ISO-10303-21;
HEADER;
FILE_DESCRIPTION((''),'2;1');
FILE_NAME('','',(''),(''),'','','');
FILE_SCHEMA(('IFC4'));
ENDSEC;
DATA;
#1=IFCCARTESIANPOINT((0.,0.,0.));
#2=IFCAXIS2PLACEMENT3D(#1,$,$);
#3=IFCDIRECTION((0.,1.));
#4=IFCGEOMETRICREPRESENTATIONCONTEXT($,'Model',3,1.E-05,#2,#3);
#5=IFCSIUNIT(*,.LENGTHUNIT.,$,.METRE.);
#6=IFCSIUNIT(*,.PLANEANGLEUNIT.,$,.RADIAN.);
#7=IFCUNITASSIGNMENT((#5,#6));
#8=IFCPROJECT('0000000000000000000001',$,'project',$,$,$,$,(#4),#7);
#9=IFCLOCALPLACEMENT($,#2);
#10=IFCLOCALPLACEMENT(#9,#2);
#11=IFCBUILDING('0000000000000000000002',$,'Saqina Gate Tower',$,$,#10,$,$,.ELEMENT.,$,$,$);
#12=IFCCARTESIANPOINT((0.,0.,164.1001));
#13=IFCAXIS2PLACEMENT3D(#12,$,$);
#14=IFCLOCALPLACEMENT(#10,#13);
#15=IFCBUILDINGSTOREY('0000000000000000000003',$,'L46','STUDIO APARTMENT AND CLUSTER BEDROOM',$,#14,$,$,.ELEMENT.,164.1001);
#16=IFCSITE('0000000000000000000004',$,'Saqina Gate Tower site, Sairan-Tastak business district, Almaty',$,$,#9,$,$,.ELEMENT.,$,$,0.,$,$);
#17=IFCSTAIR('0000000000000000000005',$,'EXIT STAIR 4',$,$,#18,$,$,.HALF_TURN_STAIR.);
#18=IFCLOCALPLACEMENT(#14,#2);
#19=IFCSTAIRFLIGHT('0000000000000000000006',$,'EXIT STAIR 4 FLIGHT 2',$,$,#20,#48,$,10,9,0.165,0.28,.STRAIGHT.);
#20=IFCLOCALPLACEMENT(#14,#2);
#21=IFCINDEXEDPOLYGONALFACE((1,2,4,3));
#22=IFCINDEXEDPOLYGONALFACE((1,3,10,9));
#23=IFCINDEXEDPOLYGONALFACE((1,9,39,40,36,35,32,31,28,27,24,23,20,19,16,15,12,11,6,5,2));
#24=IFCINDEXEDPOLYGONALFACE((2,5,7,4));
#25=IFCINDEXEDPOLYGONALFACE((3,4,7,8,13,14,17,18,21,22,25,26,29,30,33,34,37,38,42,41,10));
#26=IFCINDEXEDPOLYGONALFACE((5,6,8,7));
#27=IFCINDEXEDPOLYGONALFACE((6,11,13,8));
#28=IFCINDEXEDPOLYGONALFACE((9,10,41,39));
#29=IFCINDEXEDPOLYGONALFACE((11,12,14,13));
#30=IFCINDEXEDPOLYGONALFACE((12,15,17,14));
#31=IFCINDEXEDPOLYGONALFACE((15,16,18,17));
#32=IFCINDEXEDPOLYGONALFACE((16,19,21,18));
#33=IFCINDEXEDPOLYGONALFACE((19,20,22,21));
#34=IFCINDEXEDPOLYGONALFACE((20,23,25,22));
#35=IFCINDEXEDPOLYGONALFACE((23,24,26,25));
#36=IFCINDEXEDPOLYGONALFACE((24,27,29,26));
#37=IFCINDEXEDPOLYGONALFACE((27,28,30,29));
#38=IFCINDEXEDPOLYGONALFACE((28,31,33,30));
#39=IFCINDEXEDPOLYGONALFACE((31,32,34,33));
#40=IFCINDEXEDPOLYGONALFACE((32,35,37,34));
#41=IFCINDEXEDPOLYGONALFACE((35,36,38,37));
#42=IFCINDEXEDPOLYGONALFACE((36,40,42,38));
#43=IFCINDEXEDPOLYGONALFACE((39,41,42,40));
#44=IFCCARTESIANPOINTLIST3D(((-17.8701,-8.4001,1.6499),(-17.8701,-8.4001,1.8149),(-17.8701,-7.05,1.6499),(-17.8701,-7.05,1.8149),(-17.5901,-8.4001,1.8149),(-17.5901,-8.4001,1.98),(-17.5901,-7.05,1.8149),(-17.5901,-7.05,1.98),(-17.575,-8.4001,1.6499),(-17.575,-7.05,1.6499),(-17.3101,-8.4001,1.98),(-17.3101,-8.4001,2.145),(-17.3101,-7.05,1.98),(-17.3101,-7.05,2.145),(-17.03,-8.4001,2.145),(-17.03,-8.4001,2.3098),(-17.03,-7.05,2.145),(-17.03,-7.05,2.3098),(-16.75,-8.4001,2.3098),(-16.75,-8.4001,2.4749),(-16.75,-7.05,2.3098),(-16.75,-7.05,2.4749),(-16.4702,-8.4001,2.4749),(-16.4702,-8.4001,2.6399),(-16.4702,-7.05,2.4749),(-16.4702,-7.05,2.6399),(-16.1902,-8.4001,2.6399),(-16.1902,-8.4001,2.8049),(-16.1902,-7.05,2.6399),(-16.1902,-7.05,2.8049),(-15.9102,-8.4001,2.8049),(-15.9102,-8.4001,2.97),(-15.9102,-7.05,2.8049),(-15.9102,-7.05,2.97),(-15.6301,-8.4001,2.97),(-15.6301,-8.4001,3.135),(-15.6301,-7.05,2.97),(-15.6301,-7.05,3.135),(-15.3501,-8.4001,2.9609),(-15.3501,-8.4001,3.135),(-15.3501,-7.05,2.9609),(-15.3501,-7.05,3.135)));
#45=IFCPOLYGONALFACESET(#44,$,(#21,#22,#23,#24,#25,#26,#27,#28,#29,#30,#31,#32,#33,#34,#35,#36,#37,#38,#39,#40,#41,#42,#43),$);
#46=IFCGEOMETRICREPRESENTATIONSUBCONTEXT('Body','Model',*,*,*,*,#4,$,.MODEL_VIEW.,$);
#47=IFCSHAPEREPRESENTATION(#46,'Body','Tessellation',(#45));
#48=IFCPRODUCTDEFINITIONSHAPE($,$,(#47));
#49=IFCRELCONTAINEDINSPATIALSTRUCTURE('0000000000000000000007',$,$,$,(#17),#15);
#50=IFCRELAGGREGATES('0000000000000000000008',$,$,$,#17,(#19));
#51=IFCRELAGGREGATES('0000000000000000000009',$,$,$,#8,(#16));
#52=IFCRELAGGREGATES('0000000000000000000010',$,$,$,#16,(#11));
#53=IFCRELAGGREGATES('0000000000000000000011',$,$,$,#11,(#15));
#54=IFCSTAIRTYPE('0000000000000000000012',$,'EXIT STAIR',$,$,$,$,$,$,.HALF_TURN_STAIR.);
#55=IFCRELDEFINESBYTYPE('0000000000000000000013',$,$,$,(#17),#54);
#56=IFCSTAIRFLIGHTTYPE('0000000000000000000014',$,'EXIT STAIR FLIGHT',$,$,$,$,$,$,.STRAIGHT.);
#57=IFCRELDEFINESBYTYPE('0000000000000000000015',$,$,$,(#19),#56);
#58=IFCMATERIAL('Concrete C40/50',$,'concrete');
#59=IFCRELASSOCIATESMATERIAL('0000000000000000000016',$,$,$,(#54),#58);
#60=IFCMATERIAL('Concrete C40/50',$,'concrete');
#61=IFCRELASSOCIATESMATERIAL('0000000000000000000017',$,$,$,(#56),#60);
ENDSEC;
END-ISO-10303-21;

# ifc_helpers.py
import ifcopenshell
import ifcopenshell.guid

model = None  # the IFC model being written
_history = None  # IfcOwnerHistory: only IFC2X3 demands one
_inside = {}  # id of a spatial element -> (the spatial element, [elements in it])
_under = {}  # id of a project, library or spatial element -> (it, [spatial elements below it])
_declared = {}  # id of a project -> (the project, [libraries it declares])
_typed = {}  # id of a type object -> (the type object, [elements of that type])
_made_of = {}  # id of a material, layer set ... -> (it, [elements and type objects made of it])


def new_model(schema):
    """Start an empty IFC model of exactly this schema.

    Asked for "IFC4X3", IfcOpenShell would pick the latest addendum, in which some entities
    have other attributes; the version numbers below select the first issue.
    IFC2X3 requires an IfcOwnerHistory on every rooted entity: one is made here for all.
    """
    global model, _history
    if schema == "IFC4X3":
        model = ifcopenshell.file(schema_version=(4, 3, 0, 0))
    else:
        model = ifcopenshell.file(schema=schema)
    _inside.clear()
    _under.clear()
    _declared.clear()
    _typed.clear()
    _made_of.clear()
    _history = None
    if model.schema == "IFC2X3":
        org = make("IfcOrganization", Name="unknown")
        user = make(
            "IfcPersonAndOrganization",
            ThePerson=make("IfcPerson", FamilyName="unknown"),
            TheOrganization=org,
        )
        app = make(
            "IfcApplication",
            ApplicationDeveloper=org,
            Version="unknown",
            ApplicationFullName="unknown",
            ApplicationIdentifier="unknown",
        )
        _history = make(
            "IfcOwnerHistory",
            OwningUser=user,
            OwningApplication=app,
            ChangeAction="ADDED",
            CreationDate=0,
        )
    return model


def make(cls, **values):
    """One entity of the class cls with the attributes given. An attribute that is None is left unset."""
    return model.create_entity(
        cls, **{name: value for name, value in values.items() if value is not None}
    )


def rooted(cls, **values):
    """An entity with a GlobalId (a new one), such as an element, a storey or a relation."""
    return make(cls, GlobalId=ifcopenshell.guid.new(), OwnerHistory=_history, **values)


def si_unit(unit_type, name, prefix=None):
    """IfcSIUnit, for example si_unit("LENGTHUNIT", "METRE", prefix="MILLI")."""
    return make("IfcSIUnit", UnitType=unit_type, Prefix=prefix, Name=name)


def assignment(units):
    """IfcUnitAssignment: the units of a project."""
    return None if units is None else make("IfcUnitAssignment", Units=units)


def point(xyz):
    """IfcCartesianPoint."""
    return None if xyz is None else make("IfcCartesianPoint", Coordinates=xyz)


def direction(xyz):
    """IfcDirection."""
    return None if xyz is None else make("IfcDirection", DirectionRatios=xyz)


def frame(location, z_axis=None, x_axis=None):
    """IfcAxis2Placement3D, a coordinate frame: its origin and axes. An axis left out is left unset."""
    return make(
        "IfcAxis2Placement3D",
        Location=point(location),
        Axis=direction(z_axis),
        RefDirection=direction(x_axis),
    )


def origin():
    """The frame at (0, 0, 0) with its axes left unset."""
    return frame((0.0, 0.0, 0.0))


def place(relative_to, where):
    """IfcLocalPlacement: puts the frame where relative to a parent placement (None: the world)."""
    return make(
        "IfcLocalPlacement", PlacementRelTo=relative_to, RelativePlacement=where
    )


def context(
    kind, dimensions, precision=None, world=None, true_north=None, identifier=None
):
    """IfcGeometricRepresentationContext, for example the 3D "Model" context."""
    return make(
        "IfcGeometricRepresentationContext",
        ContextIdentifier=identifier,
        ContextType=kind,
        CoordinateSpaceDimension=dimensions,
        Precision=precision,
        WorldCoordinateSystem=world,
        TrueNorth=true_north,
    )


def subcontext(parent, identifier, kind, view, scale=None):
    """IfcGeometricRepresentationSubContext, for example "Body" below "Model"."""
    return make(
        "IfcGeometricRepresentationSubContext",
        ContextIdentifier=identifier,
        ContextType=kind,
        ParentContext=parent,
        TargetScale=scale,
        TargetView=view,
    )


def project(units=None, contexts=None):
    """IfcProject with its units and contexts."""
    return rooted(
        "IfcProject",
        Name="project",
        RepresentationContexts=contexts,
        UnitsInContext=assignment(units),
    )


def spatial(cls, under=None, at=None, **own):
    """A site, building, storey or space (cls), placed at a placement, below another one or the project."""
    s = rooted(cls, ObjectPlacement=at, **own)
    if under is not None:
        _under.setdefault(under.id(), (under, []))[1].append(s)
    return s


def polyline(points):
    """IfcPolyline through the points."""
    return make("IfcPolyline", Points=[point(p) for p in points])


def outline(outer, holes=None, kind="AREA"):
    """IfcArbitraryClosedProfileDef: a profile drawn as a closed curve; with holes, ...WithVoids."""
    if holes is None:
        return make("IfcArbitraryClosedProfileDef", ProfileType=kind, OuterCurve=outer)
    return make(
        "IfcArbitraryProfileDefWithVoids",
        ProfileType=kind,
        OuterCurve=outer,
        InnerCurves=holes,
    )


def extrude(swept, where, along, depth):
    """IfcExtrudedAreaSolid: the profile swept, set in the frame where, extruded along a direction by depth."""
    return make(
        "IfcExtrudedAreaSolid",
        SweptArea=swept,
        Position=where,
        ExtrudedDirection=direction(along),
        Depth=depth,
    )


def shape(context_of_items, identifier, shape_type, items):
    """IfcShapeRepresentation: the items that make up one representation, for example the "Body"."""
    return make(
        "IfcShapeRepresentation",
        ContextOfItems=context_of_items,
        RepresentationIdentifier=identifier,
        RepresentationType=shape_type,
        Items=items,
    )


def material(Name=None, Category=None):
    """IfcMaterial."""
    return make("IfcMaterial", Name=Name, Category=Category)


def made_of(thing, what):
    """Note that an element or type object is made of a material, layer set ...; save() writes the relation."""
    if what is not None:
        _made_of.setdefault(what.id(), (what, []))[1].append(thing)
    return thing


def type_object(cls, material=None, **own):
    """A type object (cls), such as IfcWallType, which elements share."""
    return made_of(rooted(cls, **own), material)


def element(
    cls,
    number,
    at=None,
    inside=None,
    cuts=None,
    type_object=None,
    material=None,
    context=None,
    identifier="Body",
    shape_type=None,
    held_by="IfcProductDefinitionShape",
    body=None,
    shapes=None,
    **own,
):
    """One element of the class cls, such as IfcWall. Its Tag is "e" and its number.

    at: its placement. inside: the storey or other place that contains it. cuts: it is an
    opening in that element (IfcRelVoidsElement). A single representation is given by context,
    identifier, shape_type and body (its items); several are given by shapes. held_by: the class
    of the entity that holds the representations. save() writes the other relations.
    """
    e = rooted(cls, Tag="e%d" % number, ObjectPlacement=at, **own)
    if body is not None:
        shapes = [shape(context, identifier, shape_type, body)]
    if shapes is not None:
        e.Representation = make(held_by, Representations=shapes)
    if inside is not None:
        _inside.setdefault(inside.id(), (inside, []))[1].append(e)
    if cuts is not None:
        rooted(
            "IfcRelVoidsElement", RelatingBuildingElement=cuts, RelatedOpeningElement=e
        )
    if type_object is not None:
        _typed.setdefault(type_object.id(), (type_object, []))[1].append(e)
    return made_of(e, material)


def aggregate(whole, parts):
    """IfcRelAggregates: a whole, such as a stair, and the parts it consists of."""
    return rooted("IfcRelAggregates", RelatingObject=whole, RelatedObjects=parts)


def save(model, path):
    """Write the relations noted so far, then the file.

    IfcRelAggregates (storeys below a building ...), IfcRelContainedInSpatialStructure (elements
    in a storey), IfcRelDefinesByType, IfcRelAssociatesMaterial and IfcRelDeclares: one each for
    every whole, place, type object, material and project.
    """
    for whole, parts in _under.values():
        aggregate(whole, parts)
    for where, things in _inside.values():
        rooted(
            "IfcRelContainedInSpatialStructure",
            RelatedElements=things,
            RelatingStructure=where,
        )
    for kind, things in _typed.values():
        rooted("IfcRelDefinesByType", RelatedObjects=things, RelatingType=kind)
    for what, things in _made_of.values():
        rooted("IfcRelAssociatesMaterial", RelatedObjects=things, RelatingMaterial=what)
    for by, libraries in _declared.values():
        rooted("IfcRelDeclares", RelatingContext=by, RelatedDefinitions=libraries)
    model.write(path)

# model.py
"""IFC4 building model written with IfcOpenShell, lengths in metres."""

from ifc_helpers import new_model, si_unit, direction, frame, origin, place, context, subcontext, project, spatial, polyline, outline, extrude, material, type_object, element, aggregate, save


model = new_model("IFC4")

# Units and contexts
model_context = context("Model", 3, precision=1e-05, world=origin(), true_north=direction((0.0, 1.0)))
body_context = subcontext(model_context, "Body", "Model", "MODEL_VIEW")
ifc_project = project(units=[si_unit("LENGTHUNIT", "METRE"), si_unit("PLANEANGLEUNIT", "RADIAN")], contexts=[model_context])

# Site, building, storey
site_placement = place(None, origin())
site = spatial("IfcSite", under=ifc_project, at=site_placement, Name="Saqina Gate Tower site, Sairan-Tastak business district, Almaty", CompositionType="ELEMENT", RefElevation=0.0)
building_placement = place(site_placement, origin())
building = spatial("IfcBuilding", under=site, at=building_placement, Name="Saqina Gate Tower", CompositionType="ELEMENT")
storey_placement = place(building_placement, frame((0.0, 0.0, 164.1001)))
storey = spatial("IfcBuildingStorey", under=building, at=storey_placement, Name="L46", Description="STUDIO APARTMENT AND CLUSTER BEDROOM", CompositionType="ELEMENT", Elevation=164.1001)

# Stair, stair flight
ifc_material_1 = material(Name="Concrete C40/50", Category="concrete")
stair_type = type_object("IfcStairType", Name="EXIT STAIR", PredefinedType="HALF_TURN_STAIR", material=ifc_material_1)
stair_placement = place(storey_placement, origin())
stair = element("IfcStair", 1, at=stair_placement, inside=storey, type_object=stair_type, Name="EXIT STAIR 4", PredefinedType="HALF_TURN_STAIR")
ifc_material_2 = material(Name="Concrete C40/50", Category="concrete")
stair_flight_type = type_object("IfcStairFlightType", Name="EXIT STAIR FLIGHT", PredefinedType="STRAIGHT", material=ifc_material_2)
stair_flight_1_placement = place(storey_placement, frame((-17.8701, -7.7251, 1.6499), z_axis=(0.0, 0.0, 1.0), x_axis=(1.0, 0.0, 0.0)))
stair_flight_1 = element("IfcStairFlight", 2, at=stair_flight_1_placement, type_object=stair_flight_type, Name="EXIT STAIR 4 FLIGHT 2", NumberOfRisers=10, NumberOfTreads=9, PredefinedType="STRAIGHT", RiserHeight=0.165, TreadLength=0.28, context=body_context, shape_type="SweptSolid", body=[
    extrude(outline(polyline([(0.0, 0.0), (0.0, 0.165), (0.28, 0.165), (0.28, 0.3301), (0.5601, 0.3301), (0.5601, 0.4951), (0.8401, 0.4951), (0.8401, 0.6599), (1.1201, 0.6599), (1.1201, 0.825), (1.3999, 0.825), (1.3999, 0.99), (1.6799, 0.99), (1.6799, 1.155), (1.96, 1.155), (1.96, 1.3201), (2.24, 1.3201), (2.24, 1.4851), (2.52, 1.4851), (2.52, 1.6499), (2.52, 1.311), (0.2952, 0.0), (0.0, 0.0)])), frame((0.0, 0.675, 0.0), z_axis=(0.0, -1.0, 0.0), x_axis=(1.0, 0.0, 0.0)), (0.0, 0.0, 1.0), 1.3501),
])
aggregate(stair, [stair_flight_1])

save(model, "model.ifc")
